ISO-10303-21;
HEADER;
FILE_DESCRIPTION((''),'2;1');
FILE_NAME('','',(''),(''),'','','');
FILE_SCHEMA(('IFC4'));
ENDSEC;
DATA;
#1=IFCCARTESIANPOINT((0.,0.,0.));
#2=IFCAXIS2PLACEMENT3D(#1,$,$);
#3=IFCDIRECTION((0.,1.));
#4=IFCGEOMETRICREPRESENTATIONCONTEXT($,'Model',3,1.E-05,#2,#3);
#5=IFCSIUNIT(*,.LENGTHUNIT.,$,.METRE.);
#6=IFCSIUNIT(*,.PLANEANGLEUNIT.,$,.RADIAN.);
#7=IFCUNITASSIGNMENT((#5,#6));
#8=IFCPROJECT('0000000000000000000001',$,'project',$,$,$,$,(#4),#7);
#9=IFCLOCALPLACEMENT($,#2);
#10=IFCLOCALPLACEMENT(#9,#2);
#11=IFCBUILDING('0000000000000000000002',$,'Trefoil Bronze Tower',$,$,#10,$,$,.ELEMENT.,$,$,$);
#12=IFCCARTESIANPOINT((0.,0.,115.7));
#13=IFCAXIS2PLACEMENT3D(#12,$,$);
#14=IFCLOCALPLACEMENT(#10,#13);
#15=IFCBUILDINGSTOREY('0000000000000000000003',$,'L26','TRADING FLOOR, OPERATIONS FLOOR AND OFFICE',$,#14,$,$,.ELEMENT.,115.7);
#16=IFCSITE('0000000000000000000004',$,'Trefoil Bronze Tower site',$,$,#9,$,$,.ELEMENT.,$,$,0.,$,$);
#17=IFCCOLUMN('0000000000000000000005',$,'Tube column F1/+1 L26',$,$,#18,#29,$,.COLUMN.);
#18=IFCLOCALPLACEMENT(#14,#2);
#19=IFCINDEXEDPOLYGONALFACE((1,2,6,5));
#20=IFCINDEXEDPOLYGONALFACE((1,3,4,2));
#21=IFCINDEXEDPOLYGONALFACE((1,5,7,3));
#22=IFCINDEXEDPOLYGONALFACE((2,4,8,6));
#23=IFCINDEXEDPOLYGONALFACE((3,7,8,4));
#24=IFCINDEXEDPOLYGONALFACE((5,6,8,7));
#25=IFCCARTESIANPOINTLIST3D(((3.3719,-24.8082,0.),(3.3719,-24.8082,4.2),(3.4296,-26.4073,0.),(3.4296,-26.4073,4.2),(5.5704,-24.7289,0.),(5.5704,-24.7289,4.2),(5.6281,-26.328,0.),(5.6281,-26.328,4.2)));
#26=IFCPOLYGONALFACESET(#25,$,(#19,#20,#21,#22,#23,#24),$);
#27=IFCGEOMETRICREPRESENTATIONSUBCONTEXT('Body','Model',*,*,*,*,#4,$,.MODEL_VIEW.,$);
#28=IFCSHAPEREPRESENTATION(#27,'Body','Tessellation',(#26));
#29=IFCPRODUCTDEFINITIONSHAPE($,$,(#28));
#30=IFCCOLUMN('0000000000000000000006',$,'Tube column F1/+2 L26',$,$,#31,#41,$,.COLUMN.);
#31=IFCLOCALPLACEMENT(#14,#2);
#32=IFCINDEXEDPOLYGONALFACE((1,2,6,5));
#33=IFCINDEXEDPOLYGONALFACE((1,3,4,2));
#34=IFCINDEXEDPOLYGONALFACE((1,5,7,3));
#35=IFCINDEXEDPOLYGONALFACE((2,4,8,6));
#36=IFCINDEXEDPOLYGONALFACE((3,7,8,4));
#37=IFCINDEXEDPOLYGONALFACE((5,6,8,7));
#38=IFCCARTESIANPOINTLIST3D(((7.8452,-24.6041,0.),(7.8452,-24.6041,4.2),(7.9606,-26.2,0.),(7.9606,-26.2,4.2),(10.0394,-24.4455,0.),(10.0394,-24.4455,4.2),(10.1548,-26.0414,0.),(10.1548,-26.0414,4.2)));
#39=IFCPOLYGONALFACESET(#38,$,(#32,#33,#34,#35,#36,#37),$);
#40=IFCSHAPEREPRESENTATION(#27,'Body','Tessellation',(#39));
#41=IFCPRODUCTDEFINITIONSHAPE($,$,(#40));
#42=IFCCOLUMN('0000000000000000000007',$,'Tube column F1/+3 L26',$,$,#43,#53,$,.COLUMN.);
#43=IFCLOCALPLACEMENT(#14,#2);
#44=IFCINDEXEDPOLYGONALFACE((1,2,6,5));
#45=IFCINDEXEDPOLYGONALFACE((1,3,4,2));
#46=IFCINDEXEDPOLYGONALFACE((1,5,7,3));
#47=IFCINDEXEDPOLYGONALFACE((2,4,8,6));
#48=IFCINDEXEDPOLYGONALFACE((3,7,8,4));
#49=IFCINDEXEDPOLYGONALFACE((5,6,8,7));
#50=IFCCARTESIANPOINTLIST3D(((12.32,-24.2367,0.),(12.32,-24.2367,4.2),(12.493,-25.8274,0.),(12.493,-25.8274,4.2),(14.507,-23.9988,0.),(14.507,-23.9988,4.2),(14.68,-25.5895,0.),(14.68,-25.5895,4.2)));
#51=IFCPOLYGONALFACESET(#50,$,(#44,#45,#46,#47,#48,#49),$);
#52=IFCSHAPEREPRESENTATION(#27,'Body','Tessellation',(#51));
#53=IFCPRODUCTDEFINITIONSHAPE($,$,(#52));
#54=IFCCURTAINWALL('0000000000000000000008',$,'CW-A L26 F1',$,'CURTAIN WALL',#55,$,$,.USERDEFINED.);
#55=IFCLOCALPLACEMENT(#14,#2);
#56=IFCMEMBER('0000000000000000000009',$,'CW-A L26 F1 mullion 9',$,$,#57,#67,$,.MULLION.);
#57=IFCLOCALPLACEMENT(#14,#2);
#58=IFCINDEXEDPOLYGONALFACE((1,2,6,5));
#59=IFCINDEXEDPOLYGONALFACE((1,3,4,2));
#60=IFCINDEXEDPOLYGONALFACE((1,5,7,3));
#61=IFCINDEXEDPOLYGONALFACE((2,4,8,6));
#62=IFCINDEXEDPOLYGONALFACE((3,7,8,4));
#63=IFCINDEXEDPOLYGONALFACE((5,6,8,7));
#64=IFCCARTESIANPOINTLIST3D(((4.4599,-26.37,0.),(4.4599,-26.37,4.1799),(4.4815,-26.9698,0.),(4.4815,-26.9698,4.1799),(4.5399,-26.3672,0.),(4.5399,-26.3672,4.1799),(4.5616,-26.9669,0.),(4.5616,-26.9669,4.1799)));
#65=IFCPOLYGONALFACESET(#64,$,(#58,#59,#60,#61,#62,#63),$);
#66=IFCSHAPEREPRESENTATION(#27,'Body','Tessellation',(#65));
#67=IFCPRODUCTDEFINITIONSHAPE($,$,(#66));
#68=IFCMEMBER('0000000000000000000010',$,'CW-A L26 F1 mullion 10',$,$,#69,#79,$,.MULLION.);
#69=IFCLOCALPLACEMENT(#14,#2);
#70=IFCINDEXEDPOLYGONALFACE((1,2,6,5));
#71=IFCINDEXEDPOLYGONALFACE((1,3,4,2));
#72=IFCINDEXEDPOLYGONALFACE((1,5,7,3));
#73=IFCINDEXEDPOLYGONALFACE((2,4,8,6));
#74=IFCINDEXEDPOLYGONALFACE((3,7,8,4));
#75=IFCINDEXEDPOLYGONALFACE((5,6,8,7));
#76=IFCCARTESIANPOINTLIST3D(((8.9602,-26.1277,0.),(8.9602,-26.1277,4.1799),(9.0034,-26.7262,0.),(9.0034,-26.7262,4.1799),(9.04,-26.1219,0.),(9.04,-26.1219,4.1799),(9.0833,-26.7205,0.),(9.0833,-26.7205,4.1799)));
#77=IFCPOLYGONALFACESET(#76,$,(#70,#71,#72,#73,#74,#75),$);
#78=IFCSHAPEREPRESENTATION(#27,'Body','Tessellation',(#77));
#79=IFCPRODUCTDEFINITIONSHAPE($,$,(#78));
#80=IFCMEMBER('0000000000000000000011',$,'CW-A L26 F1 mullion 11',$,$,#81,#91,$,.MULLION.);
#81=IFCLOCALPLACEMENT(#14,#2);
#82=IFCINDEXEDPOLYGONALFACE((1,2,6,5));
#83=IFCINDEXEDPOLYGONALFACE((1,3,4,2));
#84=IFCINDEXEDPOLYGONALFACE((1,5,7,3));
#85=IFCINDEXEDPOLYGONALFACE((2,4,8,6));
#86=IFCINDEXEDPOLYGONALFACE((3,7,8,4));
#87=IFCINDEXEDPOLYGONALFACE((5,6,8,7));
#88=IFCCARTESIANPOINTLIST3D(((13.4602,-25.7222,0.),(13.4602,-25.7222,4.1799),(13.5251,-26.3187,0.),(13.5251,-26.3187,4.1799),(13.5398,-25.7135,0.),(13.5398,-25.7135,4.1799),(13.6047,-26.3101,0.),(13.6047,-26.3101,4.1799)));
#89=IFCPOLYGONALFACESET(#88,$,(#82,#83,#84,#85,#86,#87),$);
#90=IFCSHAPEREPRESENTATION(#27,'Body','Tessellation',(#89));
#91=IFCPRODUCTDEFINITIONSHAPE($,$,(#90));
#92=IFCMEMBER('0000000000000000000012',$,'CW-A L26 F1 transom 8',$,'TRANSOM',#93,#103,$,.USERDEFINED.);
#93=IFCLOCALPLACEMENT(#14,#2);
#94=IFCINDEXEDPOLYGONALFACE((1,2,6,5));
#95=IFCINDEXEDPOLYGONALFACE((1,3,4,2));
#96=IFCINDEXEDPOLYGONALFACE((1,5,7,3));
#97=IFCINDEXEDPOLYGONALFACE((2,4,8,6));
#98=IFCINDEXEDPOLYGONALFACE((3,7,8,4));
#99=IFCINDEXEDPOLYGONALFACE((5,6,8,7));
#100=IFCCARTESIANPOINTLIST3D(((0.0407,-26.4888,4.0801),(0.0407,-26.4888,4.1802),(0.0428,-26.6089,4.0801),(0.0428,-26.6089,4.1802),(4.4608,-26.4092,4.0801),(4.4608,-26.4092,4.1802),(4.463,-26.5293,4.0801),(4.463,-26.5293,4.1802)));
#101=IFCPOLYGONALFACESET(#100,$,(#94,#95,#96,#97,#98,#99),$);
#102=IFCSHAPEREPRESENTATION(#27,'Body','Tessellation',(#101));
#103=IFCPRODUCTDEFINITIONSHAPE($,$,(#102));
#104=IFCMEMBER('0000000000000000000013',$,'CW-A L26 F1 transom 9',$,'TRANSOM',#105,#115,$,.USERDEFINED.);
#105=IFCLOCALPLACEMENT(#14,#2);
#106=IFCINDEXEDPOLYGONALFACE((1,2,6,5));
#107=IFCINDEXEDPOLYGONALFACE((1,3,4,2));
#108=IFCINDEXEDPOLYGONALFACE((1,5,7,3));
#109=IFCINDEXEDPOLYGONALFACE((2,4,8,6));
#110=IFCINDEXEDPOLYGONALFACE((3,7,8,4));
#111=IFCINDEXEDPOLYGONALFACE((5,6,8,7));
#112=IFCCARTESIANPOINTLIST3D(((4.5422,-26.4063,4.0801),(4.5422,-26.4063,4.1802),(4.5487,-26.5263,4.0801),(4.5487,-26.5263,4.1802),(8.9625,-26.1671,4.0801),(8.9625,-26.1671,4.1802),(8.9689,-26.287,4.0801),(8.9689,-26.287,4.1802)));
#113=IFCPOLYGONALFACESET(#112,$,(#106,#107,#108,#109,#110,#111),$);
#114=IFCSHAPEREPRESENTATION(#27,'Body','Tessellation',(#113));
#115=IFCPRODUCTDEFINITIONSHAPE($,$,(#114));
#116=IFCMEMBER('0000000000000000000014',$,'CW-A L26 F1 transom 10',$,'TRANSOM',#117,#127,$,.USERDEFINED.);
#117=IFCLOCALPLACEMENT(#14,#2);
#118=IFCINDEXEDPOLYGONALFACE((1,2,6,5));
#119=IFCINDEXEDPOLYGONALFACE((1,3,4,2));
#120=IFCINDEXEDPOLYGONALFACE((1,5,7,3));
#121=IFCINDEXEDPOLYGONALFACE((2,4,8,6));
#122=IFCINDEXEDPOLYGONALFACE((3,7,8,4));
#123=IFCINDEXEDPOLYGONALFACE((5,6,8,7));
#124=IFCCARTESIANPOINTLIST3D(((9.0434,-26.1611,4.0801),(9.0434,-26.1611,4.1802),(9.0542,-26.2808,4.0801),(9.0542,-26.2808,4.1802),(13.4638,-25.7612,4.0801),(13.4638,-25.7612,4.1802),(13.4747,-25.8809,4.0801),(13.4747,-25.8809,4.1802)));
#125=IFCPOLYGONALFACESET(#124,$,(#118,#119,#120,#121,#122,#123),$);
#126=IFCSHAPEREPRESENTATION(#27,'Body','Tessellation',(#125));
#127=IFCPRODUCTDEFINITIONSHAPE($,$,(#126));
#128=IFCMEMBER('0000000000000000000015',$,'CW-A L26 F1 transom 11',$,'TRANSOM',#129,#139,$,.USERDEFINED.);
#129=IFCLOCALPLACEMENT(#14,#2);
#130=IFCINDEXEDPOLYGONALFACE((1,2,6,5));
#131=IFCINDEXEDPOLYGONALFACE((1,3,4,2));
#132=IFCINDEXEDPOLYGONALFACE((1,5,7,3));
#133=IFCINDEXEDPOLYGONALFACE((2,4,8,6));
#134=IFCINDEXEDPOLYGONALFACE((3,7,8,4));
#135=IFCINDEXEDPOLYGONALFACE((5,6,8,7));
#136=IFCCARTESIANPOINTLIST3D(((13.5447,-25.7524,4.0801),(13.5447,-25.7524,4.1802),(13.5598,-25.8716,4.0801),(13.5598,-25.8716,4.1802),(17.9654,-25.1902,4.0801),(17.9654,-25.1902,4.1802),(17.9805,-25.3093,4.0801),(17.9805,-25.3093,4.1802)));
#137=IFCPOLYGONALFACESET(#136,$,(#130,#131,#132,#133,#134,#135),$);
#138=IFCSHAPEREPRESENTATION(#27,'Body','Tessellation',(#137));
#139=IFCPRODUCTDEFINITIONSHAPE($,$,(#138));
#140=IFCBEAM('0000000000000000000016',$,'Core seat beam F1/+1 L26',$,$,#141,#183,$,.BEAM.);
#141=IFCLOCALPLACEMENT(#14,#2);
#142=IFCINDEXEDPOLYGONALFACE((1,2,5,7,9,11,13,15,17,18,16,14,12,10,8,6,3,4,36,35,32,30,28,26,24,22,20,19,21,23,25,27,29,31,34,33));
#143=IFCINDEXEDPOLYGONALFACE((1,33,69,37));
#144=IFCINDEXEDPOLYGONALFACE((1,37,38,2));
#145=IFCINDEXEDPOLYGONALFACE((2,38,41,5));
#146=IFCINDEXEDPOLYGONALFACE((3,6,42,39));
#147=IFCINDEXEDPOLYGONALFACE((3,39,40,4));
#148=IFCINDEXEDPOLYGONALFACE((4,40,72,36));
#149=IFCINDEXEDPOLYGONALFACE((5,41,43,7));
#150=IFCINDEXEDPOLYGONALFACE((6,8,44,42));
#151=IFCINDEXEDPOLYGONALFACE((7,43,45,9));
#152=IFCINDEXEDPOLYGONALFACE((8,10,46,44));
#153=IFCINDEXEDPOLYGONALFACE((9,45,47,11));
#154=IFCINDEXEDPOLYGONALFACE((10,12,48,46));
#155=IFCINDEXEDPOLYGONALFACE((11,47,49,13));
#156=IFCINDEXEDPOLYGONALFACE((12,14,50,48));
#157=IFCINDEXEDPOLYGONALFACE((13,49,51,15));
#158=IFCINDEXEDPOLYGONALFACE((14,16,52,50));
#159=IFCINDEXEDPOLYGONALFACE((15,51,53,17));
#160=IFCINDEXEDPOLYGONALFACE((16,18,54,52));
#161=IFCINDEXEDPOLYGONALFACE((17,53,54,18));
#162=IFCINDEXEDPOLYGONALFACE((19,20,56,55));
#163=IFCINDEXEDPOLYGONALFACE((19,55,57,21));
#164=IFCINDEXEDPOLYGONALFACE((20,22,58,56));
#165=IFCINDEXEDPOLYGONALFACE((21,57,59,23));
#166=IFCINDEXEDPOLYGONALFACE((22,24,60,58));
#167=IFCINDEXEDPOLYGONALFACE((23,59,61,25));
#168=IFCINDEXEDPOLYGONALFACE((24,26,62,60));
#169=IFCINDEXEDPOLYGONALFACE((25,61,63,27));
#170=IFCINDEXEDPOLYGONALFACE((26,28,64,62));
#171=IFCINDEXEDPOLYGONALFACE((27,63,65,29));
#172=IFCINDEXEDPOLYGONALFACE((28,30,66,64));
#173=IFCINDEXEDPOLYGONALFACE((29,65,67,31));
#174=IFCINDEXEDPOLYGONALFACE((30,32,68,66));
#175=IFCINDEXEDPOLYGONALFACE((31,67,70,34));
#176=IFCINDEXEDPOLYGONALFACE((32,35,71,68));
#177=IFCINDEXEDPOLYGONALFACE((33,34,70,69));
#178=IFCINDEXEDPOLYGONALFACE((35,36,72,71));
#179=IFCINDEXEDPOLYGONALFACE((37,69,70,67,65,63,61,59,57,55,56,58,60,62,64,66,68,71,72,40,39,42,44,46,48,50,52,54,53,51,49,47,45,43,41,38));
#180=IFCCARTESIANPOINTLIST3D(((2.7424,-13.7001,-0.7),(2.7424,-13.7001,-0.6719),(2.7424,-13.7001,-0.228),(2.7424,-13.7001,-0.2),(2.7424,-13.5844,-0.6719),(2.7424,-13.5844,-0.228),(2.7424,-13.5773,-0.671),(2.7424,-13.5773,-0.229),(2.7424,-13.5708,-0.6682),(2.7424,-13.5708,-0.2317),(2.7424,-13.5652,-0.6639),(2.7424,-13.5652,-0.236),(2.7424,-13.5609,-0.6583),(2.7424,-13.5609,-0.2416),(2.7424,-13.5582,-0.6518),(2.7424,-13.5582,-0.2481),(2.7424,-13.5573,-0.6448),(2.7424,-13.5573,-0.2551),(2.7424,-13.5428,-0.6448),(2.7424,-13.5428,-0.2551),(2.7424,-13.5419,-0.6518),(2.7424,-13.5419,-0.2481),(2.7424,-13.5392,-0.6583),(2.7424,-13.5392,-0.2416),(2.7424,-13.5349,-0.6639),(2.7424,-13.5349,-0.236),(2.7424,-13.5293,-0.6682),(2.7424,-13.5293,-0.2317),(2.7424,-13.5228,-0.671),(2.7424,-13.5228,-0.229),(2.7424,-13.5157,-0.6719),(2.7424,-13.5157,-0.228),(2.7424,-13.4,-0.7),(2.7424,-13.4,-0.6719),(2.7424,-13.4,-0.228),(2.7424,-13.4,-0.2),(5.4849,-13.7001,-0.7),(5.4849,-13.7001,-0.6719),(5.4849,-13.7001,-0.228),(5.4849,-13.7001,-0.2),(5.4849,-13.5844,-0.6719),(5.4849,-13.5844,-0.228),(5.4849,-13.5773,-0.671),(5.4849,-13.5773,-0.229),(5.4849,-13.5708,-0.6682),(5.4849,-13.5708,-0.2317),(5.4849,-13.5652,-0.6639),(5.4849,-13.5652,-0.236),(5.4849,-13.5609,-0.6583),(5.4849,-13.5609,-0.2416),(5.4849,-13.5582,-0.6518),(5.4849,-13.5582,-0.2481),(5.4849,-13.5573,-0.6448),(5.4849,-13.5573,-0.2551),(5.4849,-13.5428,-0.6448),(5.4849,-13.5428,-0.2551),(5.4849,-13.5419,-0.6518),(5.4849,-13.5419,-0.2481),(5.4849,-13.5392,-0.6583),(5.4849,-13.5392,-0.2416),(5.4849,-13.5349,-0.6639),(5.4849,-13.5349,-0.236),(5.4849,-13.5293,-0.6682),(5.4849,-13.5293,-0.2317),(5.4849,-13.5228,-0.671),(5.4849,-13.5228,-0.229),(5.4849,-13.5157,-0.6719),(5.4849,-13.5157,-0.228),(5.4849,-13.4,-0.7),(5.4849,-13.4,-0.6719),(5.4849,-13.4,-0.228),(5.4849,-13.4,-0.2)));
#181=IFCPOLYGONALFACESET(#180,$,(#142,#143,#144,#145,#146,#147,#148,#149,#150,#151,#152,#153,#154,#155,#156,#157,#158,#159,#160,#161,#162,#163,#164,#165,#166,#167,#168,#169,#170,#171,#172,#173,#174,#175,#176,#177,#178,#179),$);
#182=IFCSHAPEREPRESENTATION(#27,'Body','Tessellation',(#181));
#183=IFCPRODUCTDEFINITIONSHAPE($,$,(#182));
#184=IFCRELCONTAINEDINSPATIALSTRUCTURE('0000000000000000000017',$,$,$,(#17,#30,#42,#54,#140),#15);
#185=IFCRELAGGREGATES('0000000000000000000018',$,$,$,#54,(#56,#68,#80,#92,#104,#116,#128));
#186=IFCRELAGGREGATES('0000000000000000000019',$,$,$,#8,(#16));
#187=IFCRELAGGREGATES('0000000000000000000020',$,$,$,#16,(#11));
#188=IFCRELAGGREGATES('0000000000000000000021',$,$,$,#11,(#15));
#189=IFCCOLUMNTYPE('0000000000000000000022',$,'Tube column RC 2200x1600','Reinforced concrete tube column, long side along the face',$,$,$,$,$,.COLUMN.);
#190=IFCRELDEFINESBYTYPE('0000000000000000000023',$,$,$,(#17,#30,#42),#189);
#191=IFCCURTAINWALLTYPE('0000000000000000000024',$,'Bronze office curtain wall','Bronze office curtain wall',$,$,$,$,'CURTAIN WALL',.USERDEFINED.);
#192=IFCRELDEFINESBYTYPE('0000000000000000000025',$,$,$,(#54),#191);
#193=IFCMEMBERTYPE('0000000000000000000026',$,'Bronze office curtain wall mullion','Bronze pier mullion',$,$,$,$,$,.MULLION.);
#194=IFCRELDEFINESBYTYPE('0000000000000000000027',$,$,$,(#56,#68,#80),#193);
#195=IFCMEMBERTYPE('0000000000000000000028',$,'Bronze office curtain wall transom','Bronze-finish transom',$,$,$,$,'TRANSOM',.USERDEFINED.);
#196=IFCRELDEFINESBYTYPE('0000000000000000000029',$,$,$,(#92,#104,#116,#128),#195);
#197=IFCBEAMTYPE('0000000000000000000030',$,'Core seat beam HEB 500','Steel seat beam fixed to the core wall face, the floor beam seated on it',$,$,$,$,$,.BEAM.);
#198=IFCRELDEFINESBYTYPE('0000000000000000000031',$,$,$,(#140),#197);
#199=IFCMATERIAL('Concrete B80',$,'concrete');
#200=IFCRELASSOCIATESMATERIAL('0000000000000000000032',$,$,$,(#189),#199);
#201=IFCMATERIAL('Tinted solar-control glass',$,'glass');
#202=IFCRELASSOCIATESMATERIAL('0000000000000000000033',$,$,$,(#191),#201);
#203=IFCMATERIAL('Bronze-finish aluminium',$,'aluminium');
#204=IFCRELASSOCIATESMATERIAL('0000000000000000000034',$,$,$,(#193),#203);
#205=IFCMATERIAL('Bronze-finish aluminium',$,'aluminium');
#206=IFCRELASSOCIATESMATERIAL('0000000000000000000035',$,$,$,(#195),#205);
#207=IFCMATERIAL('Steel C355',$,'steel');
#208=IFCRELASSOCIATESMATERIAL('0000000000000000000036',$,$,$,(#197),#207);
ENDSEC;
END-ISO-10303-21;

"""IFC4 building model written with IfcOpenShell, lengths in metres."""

from ifc_helpers import new_model, si_unit, direction, frame, origin, origin_2d, place, context, subcontext, project, spatial, rectangle, i_section, extrude, material, material_profile, profile_set, type_object, element, aggregate, save


model = new_model("IFC4")

# Units and contexts
model_context = context("Model", 3, precision=1e-05, world=origin(), true_north=direction((0.0, 1.0)))
body_context = subcontext(model_context, "Body", "Model", "MODEL_VIEW")
ifc_project = project(units=[si_unit("LENGTHUNIT", "METRE"), si_unit("PLANEANGLEUNIT", "RADIAN")], contexts=[model_context])

# Site, building, storey
site_placement = place(None, origin())
site = spatial("IfcSite", under=ifc_project, at=site_placement, Name="Trefoil Bronze Tower site", CompositionType="ELEMENT", RefElevation=0.0)
building_placement = place(site_placement, origin())
building = spatial("IfcBuilding", under=site, at=building_placement, Name="Trefoil Bronze Tower", CompositionType="ELEMENT")
storey_placement = place(building_placement, frame((0.0, 0.0, 115.7)))
storey = spatial("IfcBuildingStorey", under=building, at=storey_placement, Name="L26", Description="TRADING FLOOR, OPERATIONS FLOOR AND OFFICE", CompositionType="ELEMENT", Elevation=115.7)

# Columns
ifc_material_1 = material(Name="Concrete B80", Category="concrete")
ifc_material_profile_1 = material_profile(ifc_material_1, rectangle(XDim=2.2, YDim=1.6001, at=origin_2d()), Name="RC 2200x1600")
ifc_profile_set_1 = profile_set([ifc_material_profile_1], Name="Concrete B80")
column_type = type_object("IfcColumnType", Name="Tube column RC 2200x1600", Description="Reinforced concrete tube column, long side along the face", PredefinedType="COLUMN", material=ifc_profile_set_1)
for number, where, z_axis, x_axis, name in (
    (1, (4.5, -25.5681, 0.0), (0.0, 0.0, 1.0), (0.99935, 0.036048, 0.0), "Tube column F1/+1 L26"),
    (2, (9.0, -25.3228, 0.0), (0.0, 0.0, 1.0), (0.997398, 0.072096, 0.0), "Tube column F1/+2 L26"),
    (3, (13.5, -24.9131, 0.0), (0.0, 0.0, 1.0), (0.994135, 0.108144, 0.0), "Tube column F1/+3 L26"),
):
    element("IfcColumn", number, at=place(storey_placement, frame(where, z_axis=z_axis, x_axis=x_axis)), inside=storey, type_object=column_type, Name=name, PredefinedType="COLUMN", context=body_context, shape_type="SweptSolid", body=[
        extrude(rectangle(XDim=2.2, YDim=1.6001, at=origin_2d()), origin(), (0.0, 0.0, 1.0), 4.2),
    ])

# Curtain wall, members
ifc_material_2 = material(Name="Tinted solar-control glass", Category="glass")
curtain_wall_type = type_object("IfcCurtainWallType", Name="Bronze office curtain wall", Description="Bronze office curtain wall", ElementType="CURTAIN WALL", PredefinedType="USERDEFINED", material=ifc_material_2)
curtain_wall_placement = place(storey_placement, origin())
curtain_wall = element("IfcCurtainWall", 4, at=curtain_wall_placement, inside=storey, type_object=curtain_wall_type, Name="CW-A L26 F1", ObjectType="CURTAIN WALL", PredefinedType="USERDEFINED")
ifc_material_3 = material(Name="Bronze-finish aluminium", Category="aluminium")
ifc_material_profile_2 = material_profile(ifc_material_3, rectangle(XDim=0.6001, YDim=0.0801, at=origin_2d()), Name="CW-A mullion")
ifc_profile_set_2 = profile_set([ifc_material_profile_2], Name="Bronze-finish aluminium")
member_type_1 = type_object("IfcMemberType", Name="Bronze office curtain wall mullion", Description="Bronze pier mullion", PredefinedType="MULLION", material=ifc_profile_set_2)
member_1_placement = place(storey_placement, frame((4.5107, -26.6685, 0.0), z_axis=(0.0, 0.0, 1.0), x_axis=(-0.036048, 0.99935, 0.0)))
member_1 = element("IfcMember", 5, at=member_1_placement, type_object=member_type_1, Name="CW-A L26 F1 mullion 9", PredefinedType="MULLION", context=body_context, shape_type="SweptSolid", body=[
    extrude(rectangle(XDim=0.6001, YDim=0.0801, at=origin_2d()), origin(), (0.0, 0.0, 1.0), 4.1799),
])
member_2_placement = place(storey_placement, frame((9.0217, -26.4241, 0.0), z_axis=(0.0, 0.0, 1.0), x_axis=(-0.072096, 0.997398, 0.0)))
member_2 = element("IfcMember", 6, at=member_2_placement, type_object=member_type_1, Name="CW-A L26 F1 mullion 10", PredefinedType="MULLION", context=body_context, shape_type="SweptSolid", body=[
    extrude(rectangle(XDim=0.6001, YDim=0.0801, at=origin_2d()), origin(), (0.0, 0.0, 1.0), 4.1799),
])
member_3_placement = place(storey_placement, frame((13.5325, -26.0161, 0.0), z_axis=(0.0, 0.0, 1.0), x_axis=(-0.108144, 0.994135, 0.0)))
member_3 = element("IfcMember", 7, at=member_3_placement, type_object=member_type_1, Name="CW-A L26 F1 mullion 11", PredefinedType="MULLION", context=body_context, shape_type="SweptSolid", body=[
    extrude(rectangle(XDim=0.6001, YDim=0.0801, at=origin_2d()), origin(), (0.0, 0.0, 1.0), 4.1799),
])
ifc_material_4 = material(Name="Bronze-finish aluminium", Category="aluminium")
ifc_material_profile_3 = material_profile(ifc_material_4, rectangle(XDim=0.1201, YDim=0.1001, at=origin_2d()), Name="CW-A transom")
ifc_profile_set_3 = profile_set([ifc_material_profile_3], Name="Bronze-finish aluminium")
member_type_2 = type_object("IfcMemberType", Name="Bronze office curtain wall transom", Description="Bronze-finish transom", ElementType="TRANSOM", PredefinedType="USERDEFINED", material=ifc_profile_set_3)
member_4_placement = place(storey_placement, frame((0.0417, -26.5488, 4.1301), z_axis=(0.999838, 0.018003, 0.0), x_axis=(-0.018003, 0.999838, 0.0)))
member_4 = element("IfcMember", 8, at=member_4_placement, type_object=member_type_2, Name="CW-A L26 F1 transom 8", ObjectType="TRANSOM", PredefinedType="USERDEFINED", context=body_context, shape_type="SweptSolid", body=[
    extrude(rectangle(XDim=0.1201, YDim=0.1001, at=origin_2d()), origin(), (0.0, 0.0, 1.0), 4.4209),
])
member_5_placement = place(storey_placement, frame((4.5454, -26.4663, 4.1301), z_axis=(0.998538, 0.05405, 0.0), x_axis=(-0.05405, 0.998538, 0.0)))
member_5 = element("IfcMember", 9, at=member_5_placement, type_object=member_type_2, Name="CW-A L26 F1 transom 9", ObjectType="TRANSOM", PredefinedType="USERDEFINED", context=body_context, shape_type="SweptSolid", body=[
    extrude(rectangle(XDim=0.1201, YDim=0.1001, at=origin_2d()), origin(), (0.0, 0.0, 1.0), 4.4268),
])
member_6_placement = place(storey_placement, frame((9.0488, -26.2209, 4.1301), z_axis=(0.995933, 0.090099, 0.0), x_axis=(-0.090099, 0.995933, 0.0)))
member_6 = element("IfcMember", 10, at=member_6_placement, type_object=member_type_2, Name="CW-A L26 F1 transom 10", ObjectType="TRANSOM", PredefinedType="USERDEFINED", context=body_context, shape_type="SweptSolid", body=[
    extrude(rectangle(XDim=0.1201, YDim=0.1001, at=origin_2d()), origin(), (0.0, 0.0, 1.0), 4.4385),
])
member_7_placement = place(storey_placement, frame((13.5522, -25.812, 4.1301), z_axis=(0.992008, 0.126172, 0.0), x_axis=(-0.126172, 0.992008, 0.0)))
member_7 = element("IfcMember", 11, at=member_7_placement, type_object=member_type_2, Name="CW-A L26 F1 transom 11", ObjectType="TRANSOM", PredefinedType="USERDEFINED", context=body_context, shape_type="SweptSolid", body=[
    extrude(rectangle(XDim=0.1201, YDim=0.1001, at=origin_2d()), origin(), (0.0, 0.0, 1.0), 4.4563),
])

# Beam
ifc_material_5 = material(Name="Steel C355", Category="steel")
ifc_material_profile_4 = material_profile(ifc_material_5, i_section(OverallWidth=0.3, OverallDepth=0.5, WebThickness=0.0144, FlangeThickness=0.0281, FilletRadius=0.0271, at=origin_2d()), Name="HEB 500")
ifc_profile_set_4 = profile_set([ifc_material_profile_4], Name="Steel C355")
beam_type_1 = type_object("IfcBeamType", Name="Core seat beam HEB 500", Description="Steel seat beam fixed to the core wall face, the floor beam seated on it", PredefinedType="BEAM", material=ifc_profile_set_4)
for number, where, z_axis, x_axis, name in (
    (12, (2.7424, -13.55, -0.45), (1.0, 0.0, 0.0), (0.0, 1.0, 0.0), "Core seat beam F1/+1 L26"),
):
    element("IfcBeam", number, at=place(storey_placement, frame(where, z_axis=z_axis, x_axis=x_axis)), inside=storey, type_object=beam_type_1, Name=name, PredefinedType="BEAM", context=body_context, shape_type="SweptSolid", body=[
        extrude(i_section(OverallWidth=0.3, OverallDepth=0.5, WebThickness=0.0144, FlangeThickness=0.0281, FilletRadius=0.0271, at=origin_2d()), origin(), (0.0, 0.0, 1.0), 2.7424),
    ])

aggregate(curtain_wall, [member_1, member_2, member_3, member_4, member_5, member_6, member_7])

save(model, "model.ifc")
